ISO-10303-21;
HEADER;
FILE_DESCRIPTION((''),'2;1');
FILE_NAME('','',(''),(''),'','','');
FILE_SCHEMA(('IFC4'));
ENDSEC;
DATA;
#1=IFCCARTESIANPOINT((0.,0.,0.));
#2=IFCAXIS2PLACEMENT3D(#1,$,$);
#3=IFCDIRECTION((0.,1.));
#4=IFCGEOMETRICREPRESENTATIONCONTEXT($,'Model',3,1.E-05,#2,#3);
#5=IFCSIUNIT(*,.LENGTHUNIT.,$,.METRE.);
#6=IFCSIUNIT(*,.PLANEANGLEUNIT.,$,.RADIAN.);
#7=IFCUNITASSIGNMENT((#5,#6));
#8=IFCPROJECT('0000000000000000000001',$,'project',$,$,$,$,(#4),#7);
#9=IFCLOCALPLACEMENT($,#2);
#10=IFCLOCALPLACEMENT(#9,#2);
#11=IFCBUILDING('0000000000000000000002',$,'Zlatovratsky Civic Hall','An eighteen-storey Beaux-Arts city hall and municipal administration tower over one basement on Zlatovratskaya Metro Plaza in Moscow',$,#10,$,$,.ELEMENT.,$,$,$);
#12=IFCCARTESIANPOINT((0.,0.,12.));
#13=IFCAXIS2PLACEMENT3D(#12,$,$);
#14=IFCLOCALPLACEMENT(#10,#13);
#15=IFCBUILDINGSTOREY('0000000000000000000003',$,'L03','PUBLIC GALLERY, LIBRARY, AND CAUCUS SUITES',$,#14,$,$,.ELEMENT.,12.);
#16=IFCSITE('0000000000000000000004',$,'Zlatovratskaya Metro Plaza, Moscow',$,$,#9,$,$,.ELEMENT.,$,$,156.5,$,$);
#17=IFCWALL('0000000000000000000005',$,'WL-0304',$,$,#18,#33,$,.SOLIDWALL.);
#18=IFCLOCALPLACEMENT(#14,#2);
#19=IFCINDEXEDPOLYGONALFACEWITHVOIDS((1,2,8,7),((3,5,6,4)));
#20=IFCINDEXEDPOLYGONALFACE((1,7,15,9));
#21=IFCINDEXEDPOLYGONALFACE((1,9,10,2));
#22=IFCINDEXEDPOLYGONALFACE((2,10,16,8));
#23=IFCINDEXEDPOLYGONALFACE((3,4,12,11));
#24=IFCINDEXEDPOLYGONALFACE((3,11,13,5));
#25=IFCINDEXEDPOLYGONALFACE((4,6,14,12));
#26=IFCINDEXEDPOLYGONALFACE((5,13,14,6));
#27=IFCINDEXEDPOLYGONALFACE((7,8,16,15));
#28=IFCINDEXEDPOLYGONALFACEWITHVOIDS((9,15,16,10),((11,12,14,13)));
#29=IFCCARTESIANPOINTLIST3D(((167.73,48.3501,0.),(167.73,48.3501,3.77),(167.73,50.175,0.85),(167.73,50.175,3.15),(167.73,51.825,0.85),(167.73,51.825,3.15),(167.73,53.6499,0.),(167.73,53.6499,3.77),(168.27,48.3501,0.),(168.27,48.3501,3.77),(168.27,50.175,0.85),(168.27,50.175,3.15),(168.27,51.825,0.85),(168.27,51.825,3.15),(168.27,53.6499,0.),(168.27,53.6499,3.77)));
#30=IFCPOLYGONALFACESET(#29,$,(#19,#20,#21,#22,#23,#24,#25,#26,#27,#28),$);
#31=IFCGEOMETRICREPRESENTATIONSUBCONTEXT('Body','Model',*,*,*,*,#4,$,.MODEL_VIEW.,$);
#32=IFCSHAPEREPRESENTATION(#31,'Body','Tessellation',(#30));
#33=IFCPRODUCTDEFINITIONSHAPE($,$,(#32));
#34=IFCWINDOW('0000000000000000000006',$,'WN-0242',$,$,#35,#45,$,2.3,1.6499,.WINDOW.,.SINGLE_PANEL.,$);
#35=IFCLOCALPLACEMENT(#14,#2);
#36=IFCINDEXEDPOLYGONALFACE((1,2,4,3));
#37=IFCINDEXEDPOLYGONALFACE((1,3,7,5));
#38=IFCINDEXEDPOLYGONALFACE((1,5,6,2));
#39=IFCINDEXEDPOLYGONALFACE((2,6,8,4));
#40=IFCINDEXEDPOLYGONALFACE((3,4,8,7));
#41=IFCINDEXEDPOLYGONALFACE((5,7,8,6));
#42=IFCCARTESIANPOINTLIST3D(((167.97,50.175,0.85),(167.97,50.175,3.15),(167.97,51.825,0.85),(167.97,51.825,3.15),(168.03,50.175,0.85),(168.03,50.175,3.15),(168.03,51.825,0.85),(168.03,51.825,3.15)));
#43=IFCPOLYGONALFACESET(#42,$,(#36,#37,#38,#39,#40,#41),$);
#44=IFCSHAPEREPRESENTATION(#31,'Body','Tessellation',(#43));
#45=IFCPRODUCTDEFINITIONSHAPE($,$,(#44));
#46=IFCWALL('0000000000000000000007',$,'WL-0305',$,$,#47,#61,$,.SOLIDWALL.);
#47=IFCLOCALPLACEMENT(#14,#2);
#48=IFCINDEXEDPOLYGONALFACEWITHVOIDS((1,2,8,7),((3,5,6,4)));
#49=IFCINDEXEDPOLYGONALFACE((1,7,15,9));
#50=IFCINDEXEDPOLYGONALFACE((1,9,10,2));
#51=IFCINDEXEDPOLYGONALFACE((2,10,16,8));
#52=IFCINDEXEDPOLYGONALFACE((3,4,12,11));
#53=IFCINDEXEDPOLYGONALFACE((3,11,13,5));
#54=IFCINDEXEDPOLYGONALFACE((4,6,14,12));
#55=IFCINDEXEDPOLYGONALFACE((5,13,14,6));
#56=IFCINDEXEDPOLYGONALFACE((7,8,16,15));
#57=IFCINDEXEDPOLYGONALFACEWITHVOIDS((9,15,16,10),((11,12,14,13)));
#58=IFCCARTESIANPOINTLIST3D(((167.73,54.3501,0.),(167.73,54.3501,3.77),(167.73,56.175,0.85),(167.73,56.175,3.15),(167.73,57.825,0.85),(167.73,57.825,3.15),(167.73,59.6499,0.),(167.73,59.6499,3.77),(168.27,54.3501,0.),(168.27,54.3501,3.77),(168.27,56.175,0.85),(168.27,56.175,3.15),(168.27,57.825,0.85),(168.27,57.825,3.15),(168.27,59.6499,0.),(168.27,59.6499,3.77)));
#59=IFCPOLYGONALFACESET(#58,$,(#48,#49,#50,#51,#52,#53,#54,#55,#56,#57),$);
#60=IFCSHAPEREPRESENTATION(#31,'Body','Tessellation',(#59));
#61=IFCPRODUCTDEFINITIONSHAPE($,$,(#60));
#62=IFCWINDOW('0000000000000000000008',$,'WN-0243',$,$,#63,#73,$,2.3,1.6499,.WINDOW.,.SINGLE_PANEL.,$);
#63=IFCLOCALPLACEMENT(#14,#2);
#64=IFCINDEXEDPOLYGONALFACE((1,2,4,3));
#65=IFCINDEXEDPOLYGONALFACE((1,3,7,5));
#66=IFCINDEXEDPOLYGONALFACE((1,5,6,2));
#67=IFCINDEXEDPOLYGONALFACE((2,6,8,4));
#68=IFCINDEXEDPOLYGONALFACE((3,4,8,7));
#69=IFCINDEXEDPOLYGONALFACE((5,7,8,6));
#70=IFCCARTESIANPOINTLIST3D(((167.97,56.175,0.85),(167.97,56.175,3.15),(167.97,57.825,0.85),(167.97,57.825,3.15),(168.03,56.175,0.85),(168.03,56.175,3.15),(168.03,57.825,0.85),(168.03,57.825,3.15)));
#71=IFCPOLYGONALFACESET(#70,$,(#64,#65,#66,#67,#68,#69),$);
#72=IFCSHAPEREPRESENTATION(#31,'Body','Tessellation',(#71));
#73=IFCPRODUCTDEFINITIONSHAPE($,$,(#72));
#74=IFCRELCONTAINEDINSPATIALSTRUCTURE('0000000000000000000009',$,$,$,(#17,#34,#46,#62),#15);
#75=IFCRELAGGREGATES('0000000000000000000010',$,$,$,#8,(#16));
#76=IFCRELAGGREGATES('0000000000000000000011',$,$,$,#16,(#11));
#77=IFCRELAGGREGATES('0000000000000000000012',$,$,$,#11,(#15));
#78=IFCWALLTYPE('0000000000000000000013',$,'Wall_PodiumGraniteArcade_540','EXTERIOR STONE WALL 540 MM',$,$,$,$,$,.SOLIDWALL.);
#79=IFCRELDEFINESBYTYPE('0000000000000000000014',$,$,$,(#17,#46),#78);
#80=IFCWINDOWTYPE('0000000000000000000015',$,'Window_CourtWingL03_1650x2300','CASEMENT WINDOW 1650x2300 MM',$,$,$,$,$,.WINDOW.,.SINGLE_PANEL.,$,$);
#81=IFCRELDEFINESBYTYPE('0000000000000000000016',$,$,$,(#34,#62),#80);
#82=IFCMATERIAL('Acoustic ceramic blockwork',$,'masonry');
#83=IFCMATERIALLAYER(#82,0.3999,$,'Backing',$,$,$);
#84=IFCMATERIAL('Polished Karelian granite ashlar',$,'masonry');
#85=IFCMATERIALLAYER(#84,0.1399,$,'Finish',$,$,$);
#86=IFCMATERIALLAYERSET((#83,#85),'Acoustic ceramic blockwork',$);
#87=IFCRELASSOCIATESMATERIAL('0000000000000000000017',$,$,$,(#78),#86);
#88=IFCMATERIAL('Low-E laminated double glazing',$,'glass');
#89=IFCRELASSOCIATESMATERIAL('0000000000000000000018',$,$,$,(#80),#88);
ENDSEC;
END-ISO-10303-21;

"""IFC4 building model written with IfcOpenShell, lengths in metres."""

from ifc_helpers import new_model, si_unit, direction, frame, frame_2d, origin, place, context, subcontext, project, spatial, rectangle, extrude, material, layer, layer_set, type_object, element, fill, save


model = new_model("IFC4")

# Units and contexts
model_context = context("Model", 3, precision=1e-05, world=origin(), true_north=direction((0.0, 1.0)))
body_context = subcontext(model_context, "Body", "Model", "MODEL_VIEW")
ifc_project = project(units=[si_unit("LENGTHUNIT", "METRE"), si_unit("PLANEANGLEUNIT", "RADIAN")], contexts=[model_context])

# Site, building, storey
site_placement = place(None, origin())
site = spatial("IfcSite", under=ifc_project, at=site_placement, Name="Zlatovratskaya Metro Plaza, Moscow", CompositionType="ELEMENT", RefElevation=156.5)
building_placement = place(site_placement, origin())
building = spatial("IfcBuilding", under=site, at=building_placement, Name="Zlatovratsky Civic Hall", Description="An eighteen-storey Beaux-Arts city hall and municipal administration tower over one basement on Zlatovratskaya Metro Plaza in Moscow", CompositionType="ELEMENT")
storey_placement = place(building_placement, frame((0.0, 0.0, 12.0)))
storey = spatial("IfcBuildingStorey", under=building, at=storey_placement, Name="L03", Description="PUBLIC GALLERY, LIBRARY, AND CAUCUS SUITES", CompositionType="ELEMENT", Elevation=12.0)

# Shared definitions
ifc_material_1 = material(Name="Low-E laminated double glazing", Category="glass")

# Walls, openings, windows
ifc_material_2 = material(Name="Acoustic ceramic blockwork", Category="masonry")
ifc_layer_1 = layer(ifc_material_2, 0.3999, Name="Backing")
ifc_material_3 = material(Name="Polished Karelian granite ashlar", Category="masonry")
ifc_layer_2 = layer(ifc_material_3, 0.1399, Name="Finish")
ifc_layer_set_1 = layer_set([ifc_layer_1, ifc_layer_2], Name="Acoustic ceramic blockwork")
wall_type = type_object("IfcWallType", Name="Wall_PodiumGraniteArcade_540", Description="EXTERIOR STONE WALL 540 MM", PredefinedType="SOLIDWALL", material=ifc_layer_set_1)
window_type = type_object("IfcWindowType", Name="Window_CourtWingL03_1650x2300", Description="CASEMENT WINDOW 1650x2300 MM", PartitioningType="SINGLE_PANEL", PredefinedType="WINDOW", material=ifc_material_1)
wall_1_placement = place(storey_placement, frame((168.0, 48.3501, 0.0), z_axis=(0.0, 0.0, 1.0), x_axis=(0.0, 1.0, 0.0)))
wall_1 = element("IfcWall", 1, at=wall_1_placement, inside=storey, type_object=wall_type, Name="WL-0304", PredefinedType="SOLIDWALL", context=body_context, shape_type="SweptSolid", body=[
    extrude(rectangle(XDim=5.2998, YDim=0.54, at=frame_2d((2.6499, 0.0))), origin(), (0.0, 0.0, 1.0), 3.77),
])
opening_1_placement = place(wall_1_placement, frame((1.825, 0.0, 0.8501)))
opening_1 = element("IfcOpeningElement", 2, at=opening_1_placement, cuts=wall_1, PredefinedType="OPENING", context=body_context, shape_type="SweptSolid", body=[
    extrude(rectangle(XDim=1.6499, YDim=2.3, at=frame_2d((0.825, 1.1499))), frame((0.0, 0.2849, 0.0), z_axis=(0.0, -1.0, 0.0), x_axis=(1.0, 0.0, 0.0)), (0.0, 0.0, 1.0), 0.5698),
])
window_1_placement = place(opening_1_placement, origin())
window_1 = element("IfcWindow", 3, at=window_1_placement, inside=storey, type_object=window_type, Name="WN-0242", OverallHeight=2.3, OverallWidth=1.6499, PartitioningType="SINGLE_PANEL", PredefinedType="WINDOW", context=body_context, shape_type="SweptSolid", body=[
    extrude(rectangle(XDim=1.6499, YDim=2.3, at=frame_2d((0.825, 1.1499))), frame((0.0, 0.03, 0.0), z_axis=(0.0, -1.0, 0.0), x_axis=(1.0, 0.0, 0.0)), (0.0, 0.0, 1.0), 0.0601),
])
fill(opening_1, window_1)
wall_2_placement = place(storey_placement, frame((168.0, 54.3501, 0.0), z_axis=(0.0, 0.0, 1.0), x_axis=(0.0, 1.0, 0.0)))
wall_2 = element("IfcWall", 4, at=wall_2_placement, inside=storey, type_object=wall_type, Name="WL-0305", PredefinedType="SOLIDWALL", context=body_context, shape_type="SweptSolid", body=[
    extrude(rectangle(XDim=5.2998, YDim=0.54, at=frame_2d((2.6499, 0.0))), origin(), (0.0, 0.0, 1.0), 3.77),
])
opening_2_placement = place(wall_2_placement, frame((1.825, 0.0, 0.8501)))
opening_2 = element("IfcOpeningElement", 5, at=opening_2_placement, cuts=wall_2, PredefinedType="OPENING", context=body_context, shape_type="SweptSolid", body=[
    extrude(rectangle(XDim=1.6499, YDim=2.3, at=frame_2d((0.825, 1.1499))), frame((0.0, 0.2849, 0.0), z_axis=(0.0, -1.0, 0.0), x_axis=(1.0, 0.0, 0.0)), (0.0, 0.0, 1.0), 0.5698),
])
window_2_placement = place(opening_2_placement, origin())
window_2 = element("IfcWindow", 6, at=window_2_placement, inside=storey, type_object=window_type, Name="WN-0243", OverallHeight=2.3, OverallWidth=1.6499, PartitioningType="SINGLE_PANEL", PredefinedType="WINDOW", context=body_context, shape_type="SweptSolid", body=[
    extrude(rectangle(XDim=1.6499, YDim=2.3, at=frame_2d((0.825, 1.1499))), frame((0.0, 0.03, 0.0), z_axis=(0.0, -1.0, 0.0), x_axis=(1.0, 0.0, 0.0)), (0.0, 0.0, 1.0), 0.0601),
])
fill(opening_2, window_2)

save(model, "model.ifc")
